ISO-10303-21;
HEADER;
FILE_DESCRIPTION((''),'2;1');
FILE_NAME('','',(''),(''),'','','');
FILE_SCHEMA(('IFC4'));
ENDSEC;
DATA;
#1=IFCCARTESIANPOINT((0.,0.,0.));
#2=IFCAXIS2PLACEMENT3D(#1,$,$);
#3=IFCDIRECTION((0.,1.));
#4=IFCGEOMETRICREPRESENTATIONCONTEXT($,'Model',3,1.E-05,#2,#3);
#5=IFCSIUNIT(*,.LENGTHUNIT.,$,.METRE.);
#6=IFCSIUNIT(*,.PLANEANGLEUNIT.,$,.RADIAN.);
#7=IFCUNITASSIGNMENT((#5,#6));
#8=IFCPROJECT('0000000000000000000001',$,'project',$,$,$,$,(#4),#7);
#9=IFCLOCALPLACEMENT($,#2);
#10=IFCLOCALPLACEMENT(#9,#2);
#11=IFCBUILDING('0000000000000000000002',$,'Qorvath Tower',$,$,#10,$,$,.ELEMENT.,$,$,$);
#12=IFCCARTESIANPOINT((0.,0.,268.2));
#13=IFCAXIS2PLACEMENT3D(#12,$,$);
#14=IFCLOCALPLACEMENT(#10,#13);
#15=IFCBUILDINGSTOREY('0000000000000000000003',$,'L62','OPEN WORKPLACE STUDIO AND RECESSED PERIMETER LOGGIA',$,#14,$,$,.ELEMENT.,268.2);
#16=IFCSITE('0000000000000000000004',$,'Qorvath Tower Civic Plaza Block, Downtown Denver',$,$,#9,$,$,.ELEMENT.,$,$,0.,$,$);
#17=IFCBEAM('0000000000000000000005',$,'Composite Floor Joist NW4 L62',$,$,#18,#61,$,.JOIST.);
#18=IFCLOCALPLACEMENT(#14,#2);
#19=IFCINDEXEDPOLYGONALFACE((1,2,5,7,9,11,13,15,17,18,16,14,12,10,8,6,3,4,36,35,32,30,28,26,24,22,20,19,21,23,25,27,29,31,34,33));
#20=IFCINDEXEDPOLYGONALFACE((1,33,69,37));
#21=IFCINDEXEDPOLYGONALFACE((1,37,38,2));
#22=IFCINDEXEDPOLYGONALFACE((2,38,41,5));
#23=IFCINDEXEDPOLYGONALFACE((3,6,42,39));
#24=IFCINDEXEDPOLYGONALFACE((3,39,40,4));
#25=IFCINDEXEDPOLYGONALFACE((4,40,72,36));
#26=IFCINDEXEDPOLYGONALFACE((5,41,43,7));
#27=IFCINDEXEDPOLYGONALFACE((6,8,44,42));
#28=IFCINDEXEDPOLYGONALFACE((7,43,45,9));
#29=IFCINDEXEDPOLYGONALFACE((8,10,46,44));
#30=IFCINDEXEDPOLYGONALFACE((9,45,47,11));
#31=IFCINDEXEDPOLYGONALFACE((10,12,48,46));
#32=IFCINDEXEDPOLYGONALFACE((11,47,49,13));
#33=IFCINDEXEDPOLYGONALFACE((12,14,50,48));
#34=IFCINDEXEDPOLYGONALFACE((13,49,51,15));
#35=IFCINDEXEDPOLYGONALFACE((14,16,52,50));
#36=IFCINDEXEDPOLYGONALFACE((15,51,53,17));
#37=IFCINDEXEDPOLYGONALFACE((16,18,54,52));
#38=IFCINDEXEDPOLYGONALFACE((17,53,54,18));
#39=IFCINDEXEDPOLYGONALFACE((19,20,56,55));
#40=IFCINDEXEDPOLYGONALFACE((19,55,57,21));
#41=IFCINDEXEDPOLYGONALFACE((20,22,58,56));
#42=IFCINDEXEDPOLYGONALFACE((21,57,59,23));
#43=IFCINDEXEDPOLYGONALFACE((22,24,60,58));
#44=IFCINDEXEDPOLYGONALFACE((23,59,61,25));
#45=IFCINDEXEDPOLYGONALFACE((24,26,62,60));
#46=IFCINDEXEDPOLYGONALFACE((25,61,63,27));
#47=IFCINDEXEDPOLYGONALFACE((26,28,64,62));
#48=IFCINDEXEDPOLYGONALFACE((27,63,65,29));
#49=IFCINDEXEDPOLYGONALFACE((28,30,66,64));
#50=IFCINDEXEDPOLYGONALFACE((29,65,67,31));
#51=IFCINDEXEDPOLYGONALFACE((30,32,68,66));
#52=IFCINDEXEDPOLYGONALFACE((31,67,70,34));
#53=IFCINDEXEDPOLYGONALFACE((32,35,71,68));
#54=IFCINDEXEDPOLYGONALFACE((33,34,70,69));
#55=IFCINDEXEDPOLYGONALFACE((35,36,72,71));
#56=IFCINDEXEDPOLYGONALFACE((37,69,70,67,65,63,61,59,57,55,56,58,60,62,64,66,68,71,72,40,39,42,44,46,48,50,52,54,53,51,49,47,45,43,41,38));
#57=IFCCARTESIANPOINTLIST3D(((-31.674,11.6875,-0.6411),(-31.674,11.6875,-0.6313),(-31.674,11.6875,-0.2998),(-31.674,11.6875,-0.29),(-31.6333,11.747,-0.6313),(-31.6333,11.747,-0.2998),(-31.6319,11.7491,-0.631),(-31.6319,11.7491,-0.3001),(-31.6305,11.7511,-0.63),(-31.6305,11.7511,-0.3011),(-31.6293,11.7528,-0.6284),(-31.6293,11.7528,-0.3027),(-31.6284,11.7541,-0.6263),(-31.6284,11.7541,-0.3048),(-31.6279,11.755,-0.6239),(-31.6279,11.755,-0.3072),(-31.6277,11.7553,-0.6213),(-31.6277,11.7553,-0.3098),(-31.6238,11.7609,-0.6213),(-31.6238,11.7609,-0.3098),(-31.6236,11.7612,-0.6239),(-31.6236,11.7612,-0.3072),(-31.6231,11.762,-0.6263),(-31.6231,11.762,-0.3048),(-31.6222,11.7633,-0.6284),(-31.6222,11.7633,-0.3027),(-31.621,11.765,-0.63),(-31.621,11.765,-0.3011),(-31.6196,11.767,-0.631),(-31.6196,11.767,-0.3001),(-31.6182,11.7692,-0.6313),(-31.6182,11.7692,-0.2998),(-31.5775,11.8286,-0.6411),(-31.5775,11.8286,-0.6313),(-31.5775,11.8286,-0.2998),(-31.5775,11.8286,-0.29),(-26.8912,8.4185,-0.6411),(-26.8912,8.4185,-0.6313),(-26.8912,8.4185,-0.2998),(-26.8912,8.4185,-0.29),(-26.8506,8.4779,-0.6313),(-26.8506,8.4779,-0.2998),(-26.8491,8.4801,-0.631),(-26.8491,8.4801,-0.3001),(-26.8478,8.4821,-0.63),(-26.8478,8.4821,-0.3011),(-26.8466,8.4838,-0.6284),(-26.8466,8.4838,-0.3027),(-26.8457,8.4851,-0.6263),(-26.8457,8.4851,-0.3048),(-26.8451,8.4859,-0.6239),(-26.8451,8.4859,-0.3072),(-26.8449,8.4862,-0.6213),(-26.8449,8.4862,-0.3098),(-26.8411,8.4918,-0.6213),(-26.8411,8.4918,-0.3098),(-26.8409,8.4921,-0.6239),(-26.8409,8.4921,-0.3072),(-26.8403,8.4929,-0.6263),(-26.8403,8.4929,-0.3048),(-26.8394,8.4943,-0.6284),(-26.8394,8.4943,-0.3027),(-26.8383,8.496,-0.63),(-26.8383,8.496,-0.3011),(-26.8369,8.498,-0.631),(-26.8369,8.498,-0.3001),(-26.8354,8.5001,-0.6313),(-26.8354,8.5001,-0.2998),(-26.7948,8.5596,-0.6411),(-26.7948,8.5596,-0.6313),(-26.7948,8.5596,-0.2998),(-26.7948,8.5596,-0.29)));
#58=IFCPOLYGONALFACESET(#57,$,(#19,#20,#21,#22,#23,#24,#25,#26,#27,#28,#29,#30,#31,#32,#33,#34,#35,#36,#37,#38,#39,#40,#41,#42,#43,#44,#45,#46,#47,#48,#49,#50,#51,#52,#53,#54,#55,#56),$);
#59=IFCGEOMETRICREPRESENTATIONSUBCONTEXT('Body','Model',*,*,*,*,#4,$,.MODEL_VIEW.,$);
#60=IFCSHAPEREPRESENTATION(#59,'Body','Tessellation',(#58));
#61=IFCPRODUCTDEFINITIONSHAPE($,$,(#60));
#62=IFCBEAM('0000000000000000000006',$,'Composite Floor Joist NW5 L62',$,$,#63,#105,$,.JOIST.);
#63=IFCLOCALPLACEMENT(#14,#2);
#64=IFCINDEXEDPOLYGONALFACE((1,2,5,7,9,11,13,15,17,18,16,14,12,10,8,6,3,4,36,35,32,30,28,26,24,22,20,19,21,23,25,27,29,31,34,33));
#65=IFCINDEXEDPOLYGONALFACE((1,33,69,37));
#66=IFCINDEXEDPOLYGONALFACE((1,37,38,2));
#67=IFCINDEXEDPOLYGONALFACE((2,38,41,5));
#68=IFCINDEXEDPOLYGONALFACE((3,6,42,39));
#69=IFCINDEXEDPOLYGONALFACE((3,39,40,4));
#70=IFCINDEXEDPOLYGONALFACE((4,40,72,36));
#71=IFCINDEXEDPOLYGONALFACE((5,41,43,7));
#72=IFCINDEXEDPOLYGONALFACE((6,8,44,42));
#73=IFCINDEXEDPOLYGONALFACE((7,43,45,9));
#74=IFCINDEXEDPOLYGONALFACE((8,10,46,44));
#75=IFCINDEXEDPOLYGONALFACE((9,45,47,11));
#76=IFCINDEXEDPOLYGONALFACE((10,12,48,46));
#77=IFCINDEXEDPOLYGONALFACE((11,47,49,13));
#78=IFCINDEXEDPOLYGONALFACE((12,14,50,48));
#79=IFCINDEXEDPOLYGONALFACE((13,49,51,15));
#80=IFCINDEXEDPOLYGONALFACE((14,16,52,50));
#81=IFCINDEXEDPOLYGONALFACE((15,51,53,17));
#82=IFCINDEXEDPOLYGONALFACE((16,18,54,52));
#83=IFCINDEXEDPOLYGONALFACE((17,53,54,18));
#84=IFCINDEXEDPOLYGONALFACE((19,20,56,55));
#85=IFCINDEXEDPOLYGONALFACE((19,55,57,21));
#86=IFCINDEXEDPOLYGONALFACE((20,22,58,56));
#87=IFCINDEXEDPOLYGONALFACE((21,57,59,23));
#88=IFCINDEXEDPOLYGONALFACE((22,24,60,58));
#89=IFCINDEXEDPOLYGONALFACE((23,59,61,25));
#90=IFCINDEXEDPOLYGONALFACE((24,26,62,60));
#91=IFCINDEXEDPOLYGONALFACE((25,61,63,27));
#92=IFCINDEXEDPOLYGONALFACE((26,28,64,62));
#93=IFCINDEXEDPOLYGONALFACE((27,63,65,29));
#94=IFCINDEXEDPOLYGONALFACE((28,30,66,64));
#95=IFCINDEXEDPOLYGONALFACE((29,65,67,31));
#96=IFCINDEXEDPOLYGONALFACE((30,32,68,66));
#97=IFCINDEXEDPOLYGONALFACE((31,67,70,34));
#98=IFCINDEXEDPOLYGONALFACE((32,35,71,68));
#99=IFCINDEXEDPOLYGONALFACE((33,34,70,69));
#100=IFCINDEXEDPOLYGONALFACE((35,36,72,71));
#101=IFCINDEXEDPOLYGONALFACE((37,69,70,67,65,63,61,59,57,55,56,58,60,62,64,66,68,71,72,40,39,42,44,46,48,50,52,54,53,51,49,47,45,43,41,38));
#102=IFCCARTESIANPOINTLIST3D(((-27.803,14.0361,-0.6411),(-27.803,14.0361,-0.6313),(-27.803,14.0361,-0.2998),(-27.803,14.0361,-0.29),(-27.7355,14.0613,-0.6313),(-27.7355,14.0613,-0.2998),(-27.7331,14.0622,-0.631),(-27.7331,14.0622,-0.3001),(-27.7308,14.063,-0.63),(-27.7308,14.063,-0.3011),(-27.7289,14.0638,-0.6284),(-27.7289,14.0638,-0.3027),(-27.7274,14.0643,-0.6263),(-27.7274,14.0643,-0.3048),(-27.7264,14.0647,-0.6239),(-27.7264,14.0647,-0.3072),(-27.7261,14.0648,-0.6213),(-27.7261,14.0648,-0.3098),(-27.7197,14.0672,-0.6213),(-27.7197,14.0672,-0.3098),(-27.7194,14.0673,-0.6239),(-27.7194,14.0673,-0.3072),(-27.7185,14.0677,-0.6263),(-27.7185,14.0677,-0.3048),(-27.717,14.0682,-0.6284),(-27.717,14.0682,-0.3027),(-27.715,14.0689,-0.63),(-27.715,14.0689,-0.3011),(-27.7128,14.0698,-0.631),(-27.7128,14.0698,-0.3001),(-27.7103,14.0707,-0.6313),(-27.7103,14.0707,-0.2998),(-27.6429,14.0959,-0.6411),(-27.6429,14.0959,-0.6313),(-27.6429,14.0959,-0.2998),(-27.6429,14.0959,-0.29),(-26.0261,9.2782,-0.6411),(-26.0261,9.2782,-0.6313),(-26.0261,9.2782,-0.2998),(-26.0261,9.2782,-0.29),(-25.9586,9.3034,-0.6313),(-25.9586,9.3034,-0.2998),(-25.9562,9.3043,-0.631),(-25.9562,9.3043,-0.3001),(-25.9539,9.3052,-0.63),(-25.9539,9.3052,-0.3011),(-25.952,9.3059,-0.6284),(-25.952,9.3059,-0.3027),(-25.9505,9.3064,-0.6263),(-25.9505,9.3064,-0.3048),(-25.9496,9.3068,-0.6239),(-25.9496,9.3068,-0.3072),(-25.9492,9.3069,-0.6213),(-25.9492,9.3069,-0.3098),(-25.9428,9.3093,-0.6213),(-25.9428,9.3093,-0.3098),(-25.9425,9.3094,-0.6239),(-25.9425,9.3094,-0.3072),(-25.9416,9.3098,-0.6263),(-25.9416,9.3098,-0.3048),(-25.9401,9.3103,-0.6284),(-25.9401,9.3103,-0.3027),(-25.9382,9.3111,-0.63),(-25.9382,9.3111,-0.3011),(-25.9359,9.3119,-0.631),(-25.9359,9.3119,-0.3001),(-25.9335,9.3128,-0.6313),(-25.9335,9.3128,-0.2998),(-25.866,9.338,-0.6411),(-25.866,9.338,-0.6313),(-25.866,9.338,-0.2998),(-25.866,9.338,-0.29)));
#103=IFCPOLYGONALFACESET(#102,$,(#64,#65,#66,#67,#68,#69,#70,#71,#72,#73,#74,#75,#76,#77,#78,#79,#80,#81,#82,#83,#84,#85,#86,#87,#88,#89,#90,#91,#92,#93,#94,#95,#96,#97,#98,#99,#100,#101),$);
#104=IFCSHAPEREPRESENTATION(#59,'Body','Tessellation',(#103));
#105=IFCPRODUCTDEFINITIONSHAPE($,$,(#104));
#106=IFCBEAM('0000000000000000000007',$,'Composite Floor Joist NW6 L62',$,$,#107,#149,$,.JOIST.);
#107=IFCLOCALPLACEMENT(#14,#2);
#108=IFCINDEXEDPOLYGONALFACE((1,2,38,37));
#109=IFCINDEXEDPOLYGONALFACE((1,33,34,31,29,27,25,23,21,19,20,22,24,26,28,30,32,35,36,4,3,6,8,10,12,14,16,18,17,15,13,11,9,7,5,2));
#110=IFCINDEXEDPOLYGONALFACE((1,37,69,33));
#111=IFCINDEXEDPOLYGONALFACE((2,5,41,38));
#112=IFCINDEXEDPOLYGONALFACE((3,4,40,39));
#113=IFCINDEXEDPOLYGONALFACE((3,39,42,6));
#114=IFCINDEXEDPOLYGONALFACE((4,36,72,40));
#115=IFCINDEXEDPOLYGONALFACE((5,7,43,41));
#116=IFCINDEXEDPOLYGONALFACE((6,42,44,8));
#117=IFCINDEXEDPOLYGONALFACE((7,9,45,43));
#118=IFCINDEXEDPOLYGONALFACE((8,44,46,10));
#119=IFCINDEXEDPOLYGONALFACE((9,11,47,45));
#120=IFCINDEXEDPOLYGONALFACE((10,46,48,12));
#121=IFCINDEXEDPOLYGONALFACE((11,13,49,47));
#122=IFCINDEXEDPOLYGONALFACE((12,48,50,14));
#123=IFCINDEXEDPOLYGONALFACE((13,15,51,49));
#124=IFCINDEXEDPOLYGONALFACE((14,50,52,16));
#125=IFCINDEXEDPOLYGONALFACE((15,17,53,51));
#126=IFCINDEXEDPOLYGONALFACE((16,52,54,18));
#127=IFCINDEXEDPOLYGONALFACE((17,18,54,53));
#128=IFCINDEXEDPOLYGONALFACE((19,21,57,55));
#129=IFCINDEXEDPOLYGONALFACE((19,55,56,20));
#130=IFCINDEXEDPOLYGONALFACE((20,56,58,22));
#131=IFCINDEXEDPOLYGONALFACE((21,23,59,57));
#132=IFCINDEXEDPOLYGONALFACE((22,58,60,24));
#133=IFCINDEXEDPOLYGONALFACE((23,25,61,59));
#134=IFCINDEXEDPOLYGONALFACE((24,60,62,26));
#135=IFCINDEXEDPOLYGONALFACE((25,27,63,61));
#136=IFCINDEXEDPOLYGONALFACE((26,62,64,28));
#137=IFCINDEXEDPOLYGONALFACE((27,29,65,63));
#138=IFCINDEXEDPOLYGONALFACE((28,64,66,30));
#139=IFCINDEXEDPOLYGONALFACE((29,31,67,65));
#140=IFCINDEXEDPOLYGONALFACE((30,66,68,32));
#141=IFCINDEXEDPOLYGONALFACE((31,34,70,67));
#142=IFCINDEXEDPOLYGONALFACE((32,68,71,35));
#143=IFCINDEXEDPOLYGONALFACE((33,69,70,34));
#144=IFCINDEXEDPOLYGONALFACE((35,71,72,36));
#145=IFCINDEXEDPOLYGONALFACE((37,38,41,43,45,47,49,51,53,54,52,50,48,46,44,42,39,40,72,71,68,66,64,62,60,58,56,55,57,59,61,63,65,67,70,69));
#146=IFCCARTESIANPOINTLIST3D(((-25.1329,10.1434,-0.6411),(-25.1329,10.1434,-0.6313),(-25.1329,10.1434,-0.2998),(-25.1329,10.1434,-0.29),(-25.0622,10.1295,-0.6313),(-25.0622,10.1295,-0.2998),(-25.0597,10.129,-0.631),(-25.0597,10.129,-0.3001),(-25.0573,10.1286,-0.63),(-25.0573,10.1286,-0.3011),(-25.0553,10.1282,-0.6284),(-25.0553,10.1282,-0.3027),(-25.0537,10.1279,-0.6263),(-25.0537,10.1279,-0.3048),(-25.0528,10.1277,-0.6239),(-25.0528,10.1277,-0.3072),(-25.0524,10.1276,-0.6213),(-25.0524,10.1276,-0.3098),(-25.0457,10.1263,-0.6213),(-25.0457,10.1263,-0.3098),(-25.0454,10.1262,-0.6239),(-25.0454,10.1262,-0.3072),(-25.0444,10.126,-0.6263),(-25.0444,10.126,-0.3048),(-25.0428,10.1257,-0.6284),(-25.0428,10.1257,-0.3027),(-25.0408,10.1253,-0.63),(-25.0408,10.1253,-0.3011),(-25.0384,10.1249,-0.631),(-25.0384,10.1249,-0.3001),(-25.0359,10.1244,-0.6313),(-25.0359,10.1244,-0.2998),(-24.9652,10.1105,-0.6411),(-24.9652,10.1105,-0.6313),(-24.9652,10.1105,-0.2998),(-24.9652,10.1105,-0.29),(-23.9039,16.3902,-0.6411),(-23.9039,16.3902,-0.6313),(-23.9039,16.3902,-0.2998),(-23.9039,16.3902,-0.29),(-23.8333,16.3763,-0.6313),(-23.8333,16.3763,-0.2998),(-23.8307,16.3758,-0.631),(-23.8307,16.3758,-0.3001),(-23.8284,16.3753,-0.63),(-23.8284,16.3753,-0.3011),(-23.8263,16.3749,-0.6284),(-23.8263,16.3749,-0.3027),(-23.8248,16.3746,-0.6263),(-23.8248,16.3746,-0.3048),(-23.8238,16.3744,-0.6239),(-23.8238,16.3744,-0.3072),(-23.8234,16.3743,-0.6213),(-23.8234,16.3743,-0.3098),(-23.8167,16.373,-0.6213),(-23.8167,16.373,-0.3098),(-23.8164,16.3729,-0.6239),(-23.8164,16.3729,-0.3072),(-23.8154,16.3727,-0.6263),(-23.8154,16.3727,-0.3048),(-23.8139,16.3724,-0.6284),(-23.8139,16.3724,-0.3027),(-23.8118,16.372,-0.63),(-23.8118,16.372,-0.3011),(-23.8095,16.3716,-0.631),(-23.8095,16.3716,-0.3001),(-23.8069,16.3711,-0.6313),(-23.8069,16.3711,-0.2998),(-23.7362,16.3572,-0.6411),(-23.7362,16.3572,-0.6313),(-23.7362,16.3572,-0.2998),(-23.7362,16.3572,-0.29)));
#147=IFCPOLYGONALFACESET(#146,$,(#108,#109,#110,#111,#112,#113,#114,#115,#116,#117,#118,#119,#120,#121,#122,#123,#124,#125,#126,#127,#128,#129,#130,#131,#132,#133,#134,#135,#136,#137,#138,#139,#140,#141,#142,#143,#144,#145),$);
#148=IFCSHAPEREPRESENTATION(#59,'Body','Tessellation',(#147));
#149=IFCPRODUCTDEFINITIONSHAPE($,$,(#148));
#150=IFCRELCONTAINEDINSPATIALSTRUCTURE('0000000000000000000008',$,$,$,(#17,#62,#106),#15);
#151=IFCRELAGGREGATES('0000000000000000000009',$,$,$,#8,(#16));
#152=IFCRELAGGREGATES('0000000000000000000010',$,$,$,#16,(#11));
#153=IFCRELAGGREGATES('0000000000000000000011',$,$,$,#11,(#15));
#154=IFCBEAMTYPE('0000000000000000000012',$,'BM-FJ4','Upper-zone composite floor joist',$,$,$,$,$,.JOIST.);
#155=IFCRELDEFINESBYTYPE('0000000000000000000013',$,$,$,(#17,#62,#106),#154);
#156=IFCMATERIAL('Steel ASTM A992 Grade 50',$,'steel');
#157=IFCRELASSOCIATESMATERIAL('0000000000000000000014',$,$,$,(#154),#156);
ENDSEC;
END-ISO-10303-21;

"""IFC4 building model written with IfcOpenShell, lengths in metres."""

from ifc_helpers import new_model, si_unit, direction, frame, origin, origin_2d, place, context, subcontext, project, spatial, i_section, extrude, material, material_profile, profile_set, type_object, element, save


model = new_model("IFC4")

# Units and contexts
model_context = context("Model", 3, precision=1e-05, world=origin(), true_north=direction((0.0, 1.0)))
body_context = subcontext(model_context, "Body", "Model", "MODEL_VIEW")
ifc_project = project(units=[si_unit("LENGTHUNIT", "METRE"), si_unit("PLANEANGLEUNIT", "RADIAN")], contexts=[model_context])

# Site, building, storey
site_placement = place(None, origin())
site = spatial("IfcSite", under=ifc_project, at=site_placement, Name="Qorvath Tower Civic Plaza Block, Downtown Denver", CompositionType="ELEMENT", RefElevation=0.0)
building_placement = place(site_placement, origin())
building = spatial("IfcBuilding", under=site, at=building_placement, Name="Qorvath Tower", CompositionType="ELEMENT")
storey_placement = place(building_placement, frame((0.0, 0.0, 268.2)))
storey = spatial("IfcBuildingStorey", under=building, at=storey_placement, Name="L62", Description="OPEN WORKPLACE STUDIO AND RECESSED PERIMETER LOGGIA", CompositionType="ELEMENT", Elevation=268.2)

# Beams
ifc_material_1 = material(Name="Steel ASTM A992 Grade 50", Category="steel")
ifc_material_profile_1 = material_profile(ifc_material_1, i_section(OverallWidth=0.1709, OverallDepth=0.3511, WebThickness=0.0068, FlangeThickness=0.0098, FilletRadius=0.01, at=origin_2d()), Name="W14x30")
ifc_profile_set_1 = profile_set([ifc_material_profile_1], Name="Steel ASTM A992 Grade 50")
beam_type_1 = type_object("IfcBeamType", Name="BM-FJ4", Description="Upper-zone composite floor joist", PredefinedType="JOIST", material=ifc_profile_set_1)
beam_1_placement = place(storey_placement, frame((-26.843, 8.489, -0.4656), z_axis=(-0.825576, 0.564291, 0.0), x_axis=(-0.564291, -0.825576, 0.0)))
element("IfcBeam", 1, at=beam_1_placement, inside=storey, type_object=beam_type_1, Name="Composite Floor Joist NW4 L62", PredefinedType="JOIST", context=body_context, shape_type="SweptSolid", body=[
    extrude(i_section(OverallWidth=0.1709, OverallDepth=0.3511, WebThickness=0.0068, FlangeThickness=0.0098, FilletRadius=0.01, at=origin_2d()), origin(), (0.0, 0.0, 1.0), 5.7932),
])
beam_2_placement = place(storey_placement, frame((-25.946, 9.3081, -0.4656), z_axis=(-0.349859, 0.936802, 0.0), x_axis=(-0.936802, -0.349859, 0.0)))
element("IfcBeam", 2, at=beam_2_placement, inside=storey, type_object=beam_type_1, Name="Composite Floor Joist NW5 L62", PredefinedType="JOIST", context=body_context, shape_type="SweptSolid", body=[
    extrude(i_section(OverallWidth=0.1709, OverallDepth=0.3511, WebThickness=0.0068, FlangeThickness=0.0098, FilletRadius=0.01, at=origin_2d()), origin(), (0.0, 0.0, 1.0), 5.0789),
])
beam_3_placement = place(storey_placement, frame((-25.0491, 10.127, -0.4656), z_axis=(0.19304, 0.981191, 0.0), x_axis=(-0.981191, 0.19304, 0.0)))
element("IfcBeam", 3, at=beam_3_placement, inside=storey, type_object=beam_type_1, Name="Composite Floor Joist NW6 L62", PredefinedType="JOIST", context=body_context, shape_type="SweptSolid", body=[
    extrude(i_section(OverallWidth=0.1709, OverallDepth=0.3511, WebThickness=0.0068, FlangeThickness=0.0098, FilletRadius=0.01, at=origin_2d()), origin(), (0.0, 0.0, 1.0), 6.3665),
])

save(model, "model.ifc")
